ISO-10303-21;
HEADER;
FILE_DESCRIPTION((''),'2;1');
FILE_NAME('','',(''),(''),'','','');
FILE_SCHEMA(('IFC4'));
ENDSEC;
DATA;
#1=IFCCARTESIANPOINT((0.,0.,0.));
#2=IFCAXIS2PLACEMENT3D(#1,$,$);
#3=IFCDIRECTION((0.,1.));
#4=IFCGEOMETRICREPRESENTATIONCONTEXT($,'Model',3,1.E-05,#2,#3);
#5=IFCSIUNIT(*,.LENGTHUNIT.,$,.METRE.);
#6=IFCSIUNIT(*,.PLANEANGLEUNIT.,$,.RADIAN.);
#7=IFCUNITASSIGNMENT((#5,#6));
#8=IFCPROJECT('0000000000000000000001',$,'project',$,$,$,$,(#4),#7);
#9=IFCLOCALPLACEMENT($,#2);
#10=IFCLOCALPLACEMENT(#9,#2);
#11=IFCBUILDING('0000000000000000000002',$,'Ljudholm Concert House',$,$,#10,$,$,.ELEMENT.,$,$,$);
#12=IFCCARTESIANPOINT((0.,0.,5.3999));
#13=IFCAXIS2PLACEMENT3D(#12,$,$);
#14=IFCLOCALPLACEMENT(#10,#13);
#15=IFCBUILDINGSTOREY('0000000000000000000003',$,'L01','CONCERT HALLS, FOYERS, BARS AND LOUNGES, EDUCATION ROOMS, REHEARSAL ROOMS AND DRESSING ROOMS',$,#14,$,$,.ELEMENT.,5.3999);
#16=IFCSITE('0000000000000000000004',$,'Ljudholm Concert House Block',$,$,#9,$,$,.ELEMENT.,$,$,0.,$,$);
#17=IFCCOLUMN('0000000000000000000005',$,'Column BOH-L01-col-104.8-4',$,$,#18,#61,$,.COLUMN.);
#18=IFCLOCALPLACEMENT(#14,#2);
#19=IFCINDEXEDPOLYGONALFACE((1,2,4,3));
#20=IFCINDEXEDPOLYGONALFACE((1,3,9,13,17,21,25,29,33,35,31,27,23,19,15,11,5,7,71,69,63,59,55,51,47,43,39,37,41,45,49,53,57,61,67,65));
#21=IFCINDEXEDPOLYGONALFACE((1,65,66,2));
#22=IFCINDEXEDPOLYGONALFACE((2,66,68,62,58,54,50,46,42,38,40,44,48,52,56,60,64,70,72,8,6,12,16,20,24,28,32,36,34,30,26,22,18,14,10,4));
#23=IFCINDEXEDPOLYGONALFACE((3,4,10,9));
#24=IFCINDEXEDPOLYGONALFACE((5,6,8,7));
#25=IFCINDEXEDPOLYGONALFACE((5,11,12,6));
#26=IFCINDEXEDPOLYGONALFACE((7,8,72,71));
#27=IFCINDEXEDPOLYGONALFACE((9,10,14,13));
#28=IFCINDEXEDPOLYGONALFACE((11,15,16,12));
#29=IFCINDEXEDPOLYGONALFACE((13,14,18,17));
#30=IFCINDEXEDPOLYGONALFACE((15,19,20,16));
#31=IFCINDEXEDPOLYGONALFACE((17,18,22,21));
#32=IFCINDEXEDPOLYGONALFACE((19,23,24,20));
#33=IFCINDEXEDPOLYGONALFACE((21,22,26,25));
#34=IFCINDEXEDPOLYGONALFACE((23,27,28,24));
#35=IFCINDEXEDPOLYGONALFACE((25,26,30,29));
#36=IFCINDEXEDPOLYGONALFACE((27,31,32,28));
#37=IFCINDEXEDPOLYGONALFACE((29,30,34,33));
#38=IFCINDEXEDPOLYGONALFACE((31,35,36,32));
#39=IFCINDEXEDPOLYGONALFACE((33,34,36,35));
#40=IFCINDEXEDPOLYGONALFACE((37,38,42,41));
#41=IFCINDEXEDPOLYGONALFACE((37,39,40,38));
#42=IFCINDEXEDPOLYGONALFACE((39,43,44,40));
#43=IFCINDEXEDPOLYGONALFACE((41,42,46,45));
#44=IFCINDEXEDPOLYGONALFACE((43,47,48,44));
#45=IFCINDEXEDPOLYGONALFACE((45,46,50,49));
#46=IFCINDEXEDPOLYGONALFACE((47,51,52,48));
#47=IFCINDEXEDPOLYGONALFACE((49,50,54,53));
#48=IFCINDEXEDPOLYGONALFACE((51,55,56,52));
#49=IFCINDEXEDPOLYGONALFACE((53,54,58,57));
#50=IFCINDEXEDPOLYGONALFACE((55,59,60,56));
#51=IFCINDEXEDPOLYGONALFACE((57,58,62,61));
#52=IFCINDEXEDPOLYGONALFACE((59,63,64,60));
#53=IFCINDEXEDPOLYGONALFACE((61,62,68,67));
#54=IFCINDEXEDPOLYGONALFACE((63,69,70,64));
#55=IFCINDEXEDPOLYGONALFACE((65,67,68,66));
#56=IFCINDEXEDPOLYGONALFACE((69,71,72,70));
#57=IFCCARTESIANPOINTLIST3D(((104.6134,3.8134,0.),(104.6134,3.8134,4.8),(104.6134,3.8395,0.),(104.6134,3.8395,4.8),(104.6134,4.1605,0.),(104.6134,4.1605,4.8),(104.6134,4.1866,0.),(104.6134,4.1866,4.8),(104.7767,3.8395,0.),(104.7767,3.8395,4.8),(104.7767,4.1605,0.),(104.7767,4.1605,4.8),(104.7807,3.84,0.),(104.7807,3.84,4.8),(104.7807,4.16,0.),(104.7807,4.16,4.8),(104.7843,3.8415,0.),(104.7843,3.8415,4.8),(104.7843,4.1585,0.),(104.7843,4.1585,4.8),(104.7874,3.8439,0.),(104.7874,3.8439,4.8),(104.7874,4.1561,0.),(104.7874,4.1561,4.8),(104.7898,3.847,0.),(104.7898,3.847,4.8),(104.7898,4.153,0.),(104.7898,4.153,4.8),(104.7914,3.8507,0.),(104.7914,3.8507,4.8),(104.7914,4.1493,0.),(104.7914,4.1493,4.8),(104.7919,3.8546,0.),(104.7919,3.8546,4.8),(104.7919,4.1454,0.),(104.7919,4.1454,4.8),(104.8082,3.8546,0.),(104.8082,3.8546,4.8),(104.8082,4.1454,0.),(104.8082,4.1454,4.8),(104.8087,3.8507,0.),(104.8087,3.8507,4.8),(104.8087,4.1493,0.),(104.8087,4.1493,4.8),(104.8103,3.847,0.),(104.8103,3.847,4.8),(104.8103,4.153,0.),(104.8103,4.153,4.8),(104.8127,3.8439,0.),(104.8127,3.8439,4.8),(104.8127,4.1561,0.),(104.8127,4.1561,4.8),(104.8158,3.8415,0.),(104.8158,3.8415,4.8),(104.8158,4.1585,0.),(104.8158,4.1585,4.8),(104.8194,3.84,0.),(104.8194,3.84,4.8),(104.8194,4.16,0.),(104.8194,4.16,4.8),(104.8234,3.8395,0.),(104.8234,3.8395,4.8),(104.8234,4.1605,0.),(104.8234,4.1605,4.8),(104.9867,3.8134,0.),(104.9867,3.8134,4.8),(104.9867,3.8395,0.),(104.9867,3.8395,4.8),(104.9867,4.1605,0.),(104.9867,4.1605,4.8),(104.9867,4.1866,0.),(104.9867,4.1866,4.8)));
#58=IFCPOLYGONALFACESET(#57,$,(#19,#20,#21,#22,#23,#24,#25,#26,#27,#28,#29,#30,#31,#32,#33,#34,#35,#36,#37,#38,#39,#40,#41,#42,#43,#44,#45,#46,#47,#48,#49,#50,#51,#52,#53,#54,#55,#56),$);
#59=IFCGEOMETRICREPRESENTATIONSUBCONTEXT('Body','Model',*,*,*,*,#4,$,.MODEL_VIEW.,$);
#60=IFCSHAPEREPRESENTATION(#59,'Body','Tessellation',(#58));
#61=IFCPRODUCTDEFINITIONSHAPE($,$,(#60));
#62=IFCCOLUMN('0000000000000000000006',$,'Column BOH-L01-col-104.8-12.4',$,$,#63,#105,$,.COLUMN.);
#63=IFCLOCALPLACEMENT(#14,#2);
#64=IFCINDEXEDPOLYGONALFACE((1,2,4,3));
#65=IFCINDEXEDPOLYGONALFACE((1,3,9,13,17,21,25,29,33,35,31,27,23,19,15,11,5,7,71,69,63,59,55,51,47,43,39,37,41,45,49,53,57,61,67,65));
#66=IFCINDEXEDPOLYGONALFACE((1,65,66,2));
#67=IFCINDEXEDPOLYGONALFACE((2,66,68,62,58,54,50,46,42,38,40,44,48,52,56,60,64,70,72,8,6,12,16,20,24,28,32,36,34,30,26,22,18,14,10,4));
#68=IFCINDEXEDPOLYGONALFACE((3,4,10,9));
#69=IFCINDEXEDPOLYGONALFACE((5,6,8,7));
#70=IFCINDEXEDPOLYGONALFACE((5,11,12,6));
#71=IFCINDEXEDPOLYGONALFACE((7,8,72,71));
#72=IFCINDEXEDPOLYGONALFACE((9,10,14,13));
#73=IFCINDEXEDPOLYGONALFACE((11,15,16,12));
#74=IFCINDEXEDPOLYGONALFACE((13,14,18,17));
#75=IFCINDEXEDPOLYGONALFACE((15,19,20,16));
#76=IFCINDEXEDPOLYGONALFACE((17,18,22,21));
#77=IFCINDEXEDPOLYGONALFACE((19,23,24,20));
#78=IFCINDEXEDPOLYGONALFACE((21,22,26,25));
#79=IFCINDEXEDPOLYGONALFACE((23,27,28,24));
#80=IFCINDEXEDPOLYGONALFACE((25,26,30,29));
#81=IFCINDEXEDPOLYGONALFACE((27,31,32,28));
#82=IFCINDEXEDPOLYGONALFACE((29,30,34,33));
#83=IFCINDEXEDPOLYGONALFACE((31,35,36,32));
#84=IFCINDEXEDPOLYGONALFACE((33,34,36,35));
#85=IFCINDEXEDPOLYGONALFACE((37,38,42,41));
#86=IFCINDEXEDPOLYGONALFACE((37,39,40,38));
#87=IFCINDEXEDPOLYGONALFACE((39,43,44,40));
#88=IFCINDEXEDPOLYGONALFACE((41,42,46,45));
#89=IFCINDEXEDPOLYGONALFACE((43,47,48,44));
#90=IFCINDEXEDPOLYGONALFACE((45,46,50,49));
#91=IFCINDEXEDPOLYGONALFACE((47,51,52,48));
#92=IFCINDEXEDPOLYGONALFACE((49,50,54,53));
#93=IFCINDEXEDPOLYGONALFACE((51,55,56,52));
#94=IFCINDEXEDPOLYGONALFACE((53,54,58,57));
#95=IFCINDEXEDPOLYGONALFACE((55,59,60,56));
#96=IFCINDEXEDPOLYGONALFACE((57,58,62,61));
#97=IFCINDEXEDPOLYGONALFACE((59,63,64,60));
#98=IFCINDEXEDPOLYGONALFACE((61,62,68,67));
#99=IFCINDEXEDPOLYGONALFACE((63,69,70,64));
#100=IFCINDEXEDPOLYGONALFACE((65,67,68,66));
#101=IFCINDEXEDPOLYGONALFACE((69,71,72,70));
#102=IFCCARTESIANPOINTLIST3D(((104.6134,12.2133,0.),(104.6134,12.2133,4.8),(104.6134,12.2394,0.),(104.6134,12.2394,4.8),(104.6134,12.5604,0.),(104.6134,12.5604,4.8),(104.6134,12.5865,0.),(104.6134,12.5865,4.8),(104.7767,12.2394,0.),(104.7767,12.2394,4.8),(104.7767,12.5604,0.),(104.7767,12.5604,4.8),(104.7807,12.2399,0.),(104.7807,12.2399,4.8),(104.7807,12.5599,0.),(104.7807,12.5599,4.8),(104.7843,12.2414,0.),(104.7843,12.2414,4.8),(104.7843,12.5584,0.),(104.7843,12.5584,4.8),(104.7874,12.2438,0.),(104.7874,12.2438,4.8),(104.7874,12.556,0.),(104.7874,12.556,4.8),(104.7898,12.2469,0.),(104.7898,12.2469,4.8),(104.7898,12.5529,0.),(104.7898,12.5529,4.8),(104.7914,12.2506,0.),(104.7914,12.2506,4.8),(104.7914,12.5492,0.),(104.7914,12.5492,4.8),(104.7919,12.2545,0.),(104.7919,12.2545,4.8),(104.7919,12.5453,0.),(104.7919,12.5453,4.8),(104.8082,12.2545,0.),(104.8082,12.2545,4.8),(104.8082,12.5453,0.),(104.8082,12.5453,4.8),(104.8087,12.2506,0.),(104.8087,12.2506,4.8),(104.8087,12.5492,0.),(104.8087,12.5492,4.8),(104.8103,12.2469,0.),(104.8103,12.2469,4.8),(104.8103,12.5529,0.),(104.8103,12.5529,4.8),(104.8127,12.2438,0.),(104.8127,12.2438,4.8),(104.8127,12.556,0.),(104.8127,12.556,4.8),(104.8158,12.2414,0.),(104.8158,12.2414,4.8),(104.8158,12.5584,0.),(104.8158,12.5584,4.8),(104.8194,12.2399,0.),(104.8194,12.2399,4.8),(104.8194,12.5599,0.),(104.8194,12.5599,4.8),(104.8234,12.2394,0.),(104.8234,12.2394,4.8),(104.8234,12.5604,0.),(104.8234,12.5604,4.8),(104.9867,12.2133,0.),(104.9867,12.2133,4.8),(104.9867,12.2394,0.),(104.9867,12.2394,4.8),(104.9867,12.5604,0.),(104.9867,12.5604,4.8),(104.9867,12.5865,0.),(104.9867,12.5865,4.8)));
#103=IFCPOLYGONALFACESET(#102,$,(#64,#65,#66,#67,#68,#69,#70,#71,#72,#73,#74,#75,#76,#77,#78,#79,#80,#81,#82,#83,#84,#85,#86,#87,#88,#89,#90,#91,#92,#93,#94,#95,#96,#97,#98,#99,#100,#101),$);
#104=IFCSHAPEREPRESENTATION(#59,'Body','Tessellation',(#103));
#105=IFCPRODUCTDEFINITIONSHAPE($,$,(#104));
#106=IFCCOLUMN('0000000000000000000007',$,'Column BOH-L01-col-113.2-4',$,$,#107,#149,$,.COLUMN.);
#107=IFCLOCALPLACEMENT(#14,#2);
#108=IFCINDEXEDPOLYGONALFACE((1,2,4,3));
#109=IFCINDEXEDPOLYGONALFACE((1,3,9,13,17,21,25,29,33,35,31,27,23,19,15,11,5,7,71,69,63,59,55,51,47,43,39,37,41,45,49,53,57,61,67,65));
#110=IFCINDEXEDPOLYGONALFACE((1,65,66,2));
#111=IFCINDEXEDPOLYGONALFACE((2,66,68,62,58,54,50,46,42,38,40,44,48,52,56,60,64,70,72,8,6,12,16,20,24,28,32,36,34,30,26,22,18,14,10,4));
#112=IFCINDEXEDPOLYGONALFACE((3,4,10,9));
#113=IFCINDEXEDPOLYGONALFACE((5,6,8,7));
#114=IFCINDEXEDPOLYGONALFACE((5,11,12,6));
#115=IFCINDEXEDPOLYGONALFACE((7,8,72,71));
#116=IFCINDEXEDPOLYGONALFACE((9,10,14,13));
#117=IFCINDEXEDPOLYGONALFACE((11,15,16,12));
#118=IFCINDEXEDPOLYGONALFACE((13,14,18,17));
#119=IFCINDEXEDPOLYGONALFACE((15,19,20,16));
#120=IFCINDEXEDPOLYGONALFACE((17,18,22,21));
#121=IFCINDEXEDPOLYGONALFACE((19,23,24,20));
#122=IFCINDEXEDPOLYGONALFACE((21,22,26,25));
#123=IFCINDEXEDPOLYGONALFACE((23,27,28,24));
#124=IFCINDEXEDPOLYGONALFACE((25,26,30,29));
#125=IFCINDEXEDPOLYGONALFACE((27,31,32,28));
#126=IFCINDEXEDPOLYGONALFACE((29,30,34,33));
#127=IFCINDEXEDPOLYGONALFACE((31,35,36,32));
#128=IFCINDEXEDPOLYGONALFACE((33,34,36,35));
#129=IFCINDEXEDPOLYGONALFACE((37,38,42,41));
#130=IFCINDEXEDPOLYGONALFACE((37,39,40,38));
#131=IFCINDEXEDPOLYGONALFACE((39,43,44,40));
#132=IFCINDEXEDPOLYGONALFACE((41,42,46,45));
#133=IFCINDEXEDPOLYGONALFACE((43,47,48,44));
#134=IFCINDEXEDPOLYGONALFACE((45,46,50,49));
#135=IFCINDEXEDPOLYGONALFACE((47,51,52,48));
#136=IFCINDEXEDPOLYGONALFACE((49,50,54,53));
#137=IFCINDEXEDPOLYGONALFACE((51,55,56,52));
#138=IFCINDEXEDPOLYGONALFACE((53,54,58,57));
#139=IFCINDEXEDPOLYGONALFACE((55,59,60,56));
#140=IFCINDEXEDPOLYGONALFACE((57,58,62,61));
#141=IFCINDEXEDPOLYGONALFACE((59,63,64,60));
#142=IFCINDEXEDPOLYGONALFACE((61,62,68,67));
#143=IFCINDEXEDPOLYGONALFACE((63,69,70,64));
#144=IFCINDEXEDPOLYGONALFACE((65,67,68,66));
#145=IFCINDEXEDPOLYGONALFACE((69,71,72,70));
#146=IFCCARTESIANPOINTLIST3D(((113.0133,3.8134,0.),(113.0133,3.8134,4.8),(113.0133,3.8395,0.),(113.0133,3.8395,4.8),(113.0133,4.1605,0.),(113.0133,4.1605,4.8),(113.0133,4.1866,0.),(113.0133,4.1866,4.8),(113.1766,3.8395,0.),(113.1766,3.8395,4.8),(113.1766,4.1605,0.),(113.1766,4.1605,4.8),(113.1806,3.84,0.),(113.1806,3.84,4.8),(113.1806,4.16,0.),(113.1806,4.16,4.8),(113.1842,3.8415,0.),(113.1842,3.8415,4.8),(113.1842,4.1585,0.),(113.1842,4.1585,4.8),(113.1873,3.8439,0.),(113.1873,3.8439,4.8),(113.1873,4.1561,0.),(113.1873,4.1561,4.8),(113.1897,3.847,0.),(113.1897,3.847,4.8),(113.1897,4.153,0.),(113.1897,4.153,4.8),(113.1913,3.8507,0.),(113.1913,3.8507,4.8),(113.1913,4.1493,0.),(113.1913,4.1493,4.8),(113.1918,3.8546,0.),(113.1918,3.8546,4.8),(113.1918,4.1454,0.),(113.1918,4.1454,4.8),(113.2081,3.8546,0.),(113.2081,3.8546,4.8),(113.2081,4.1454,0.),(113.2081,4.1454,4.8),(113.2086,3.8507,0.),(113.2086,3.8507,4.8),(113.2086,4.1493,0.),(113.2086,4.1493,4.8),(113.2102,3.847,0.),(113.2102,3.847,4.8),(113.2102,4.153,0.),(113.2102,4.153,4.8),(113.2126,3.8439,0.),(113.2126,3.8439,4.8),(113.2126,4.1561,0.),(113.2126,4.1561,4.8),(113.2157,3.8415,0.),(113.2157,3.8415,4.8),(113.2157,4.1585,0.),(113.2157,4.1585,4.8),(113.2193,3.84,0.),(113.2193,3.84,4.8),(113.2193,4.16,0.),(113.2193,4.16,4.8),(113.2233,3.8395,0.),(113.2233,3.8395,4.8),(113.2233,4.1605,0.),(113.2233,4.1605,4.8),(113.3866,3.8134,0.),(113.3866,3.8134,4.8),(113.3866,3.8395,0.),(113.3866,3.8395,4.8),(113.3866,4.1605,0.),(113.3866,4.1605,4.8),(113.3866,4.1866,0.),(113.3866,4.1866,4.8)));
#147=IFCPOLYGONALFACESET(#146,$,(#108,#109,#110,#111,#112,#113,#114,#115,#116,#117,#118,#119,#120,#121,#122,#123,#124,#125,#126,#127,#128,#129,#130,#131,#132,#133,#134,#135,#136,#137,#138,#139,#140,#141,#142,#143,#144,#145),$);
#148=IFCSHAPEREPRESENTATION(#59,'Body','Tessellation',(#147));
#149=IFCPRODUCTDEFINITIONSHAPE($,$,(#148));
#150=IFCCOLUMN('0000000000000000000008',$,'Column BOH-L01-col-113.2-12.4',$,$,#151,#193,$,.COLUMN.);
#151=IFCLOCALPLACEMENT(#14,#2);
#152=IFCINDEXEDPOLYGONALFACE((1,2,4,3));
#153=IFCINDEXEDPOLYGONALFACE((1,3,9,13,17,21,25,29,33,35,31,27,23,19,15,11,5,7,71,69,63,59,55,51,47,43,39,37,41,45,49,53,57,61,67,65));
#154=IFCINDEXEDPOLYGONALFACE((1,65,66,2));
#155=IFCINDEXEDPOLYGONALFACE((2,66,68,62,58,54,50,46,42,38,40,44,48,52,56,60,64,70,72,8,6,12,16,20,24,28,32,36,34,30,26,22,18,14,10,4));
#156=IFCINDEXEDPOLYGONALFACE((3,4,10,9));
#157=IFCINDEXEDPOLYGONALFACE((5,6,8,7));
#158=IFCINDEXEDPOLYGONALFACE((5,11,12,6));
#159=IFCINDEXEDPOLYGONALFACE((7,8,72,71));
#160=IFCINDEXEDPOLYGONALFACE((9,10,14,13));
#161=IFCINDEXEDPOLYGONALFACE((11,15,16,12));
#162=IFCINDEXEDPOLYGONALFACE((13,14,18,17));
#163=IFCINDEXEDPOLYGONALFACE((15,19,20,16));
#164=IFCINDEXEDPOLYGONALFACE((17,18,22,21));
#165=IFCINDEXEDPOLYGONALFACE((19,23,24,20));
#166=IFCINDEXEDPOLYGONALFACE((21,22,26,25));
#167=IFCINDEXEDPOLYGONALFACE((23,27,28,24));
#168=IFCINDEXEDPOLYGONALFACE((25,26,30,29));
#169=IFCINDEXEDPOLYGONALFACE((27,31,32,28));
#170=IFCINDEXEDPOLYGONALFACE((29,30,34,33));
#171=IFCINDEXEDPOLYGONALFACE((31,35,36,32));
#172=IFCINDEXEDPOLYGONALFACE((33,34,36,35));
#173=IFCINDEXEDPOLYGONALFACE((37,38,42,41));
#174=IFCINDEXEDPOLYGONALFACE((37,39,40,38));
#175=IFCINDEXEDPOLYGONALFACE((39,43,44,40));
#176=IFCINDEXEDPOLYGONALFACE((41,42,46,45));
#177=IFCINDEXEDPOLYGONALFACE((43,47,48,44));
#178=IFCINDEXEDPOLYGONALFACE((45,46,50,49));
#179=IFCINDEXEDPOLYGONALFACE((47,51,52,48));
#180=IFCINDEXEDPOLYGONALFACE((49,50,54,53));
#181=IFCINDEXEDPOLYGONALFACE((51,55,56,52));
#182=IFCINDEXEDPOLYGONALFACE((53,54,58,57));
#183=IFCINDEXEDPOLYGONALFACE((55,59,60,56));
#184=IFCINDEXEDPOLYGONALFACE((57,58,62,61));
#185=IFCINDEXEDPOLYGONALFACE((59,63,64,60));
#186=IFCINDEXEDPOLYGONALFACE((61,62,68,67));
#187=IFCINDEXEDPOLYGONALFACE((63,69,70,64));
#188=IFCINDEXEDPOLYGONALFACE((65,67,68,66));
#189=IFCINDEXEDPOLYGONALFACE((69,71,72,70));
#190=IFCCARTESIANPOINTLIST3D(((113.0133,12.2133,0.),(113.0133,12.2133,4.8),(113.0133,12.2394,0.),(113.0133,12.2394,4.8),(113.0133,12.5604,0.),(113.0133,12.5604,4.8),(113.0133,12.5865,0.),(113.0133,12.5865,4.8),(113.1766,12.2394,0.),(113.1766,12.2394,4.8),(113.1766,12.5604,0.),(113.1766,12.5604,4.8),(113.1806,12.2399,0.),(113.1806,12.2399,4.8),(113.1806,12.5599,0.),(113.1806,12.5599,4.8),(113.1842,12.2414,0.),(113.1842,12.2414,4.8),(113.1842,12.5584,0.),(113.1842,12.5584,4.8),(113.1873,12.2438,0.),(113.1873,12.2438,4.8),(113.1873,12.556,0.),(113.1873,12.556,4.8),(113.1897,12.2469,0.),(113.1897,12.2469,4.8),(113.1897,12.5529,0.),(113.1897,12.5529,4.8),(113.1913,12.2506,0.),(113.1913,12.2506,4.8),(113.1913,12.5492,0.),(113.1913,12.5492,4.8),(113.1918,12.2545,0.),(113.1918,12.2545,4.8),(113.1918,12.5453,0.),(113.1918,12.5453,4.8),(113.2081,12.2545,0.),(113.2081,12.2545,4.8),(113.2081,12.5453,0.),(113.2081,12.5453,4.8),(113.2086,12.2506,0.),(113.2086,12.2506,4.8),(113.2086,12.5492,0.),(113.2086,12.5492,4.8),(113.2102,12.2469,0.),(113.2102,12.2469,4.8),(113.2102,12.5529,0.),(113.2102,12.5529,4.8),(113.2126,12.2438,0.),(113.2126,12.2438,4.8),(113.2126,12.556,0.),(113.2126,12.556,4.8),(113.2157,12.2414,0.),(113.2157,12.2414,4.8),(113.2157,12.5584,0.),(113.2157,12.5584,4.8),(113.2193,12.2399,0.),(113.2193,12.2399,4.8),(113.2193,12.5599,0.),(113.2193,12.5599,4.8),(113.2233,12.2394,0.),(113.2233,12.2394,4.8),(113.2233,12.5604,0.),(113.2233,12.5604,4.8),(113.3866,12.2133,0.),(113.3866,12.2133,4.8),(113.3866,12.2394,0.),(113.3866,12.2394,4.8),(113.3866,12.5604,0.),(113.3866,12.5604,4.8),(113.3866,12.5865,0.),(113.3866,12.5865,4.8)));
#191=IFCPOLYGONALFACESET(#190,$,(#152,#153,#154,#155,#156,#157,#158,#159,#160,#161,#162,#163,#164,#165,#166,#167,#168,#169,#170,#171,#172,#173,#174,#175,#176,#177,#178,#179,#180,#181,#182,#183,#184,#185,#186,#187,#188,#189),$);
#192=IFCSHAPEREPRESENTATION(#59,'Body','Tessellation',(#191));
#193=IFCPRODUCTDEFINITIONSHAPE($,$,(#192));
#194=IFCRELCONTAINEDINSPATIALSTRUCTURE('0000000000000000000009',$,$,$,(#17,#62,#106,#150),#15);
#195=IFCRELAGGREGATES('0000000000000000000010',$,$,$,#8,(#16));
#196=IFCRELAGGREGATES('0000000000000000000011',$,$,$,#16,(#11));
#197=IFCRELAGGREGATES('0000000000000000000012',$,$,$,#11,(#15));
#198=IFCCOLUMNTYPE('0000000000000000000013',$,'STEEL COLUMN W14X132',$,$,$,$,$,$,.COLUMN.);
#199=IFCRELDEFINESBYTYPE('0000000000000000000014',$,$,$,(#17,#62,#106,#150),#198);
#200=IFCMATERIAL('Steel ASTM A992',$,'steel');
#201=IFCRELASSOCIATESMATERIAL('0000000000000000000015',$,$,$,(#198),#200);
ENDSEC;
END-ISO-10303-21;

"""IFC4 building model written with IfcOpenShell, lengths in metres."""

from ifc_helpers import new_model, si_unit, direction, frame, origin, origin_2d, place, context, subcontext, project, spatial, i_section, extrude, material, material_profile, profile_set, type_object, element, save


model = new_model("IFC4")

# Units and contexts
model_context = context("Model", 3, precision=1e-05, world=origin(), true_north=direction((0.0, 1.0)))
body_context = subcontext(model_context, "Body", "Model", "MODEL_VIEW")
ifc_project = project(units=[si_unit("LENGTHUNIT", "METRE"), si_unit("PLANEANGLEUNIT", "RADIAN")], contexts=[model_context])

# Site, building, storey
site_placement = place(None, origin())
site = spatial("IfcSite", under=ifc_project, at=site_placement, Name="Ljudholm Concert House Block", CompositionType="ELEMENT", RefElevation=0.0)
building_placement = place(site_placement, origin())
building = spatial("IfcBuilding", under=site, at=building_placement, Name="Ljudholm Concert House", CompositionType="ELEMENT")
storey_placement = place(building_placement, frame((0.0, 0.0, 5.3999)))
storey = spatial("IfcBuildingStorey", under=building, at=storey_placement, Name="L01", Description="CONCERT HALLS, FOYERS, BARS AND LOUNGES, EDUCATION ROOMS, REHEARSAL ROOMS AND DRESSING ROOMS", CompositionType="ELEMENT", Elevation=5.3999)

# Columns
ifc_material_1 = material(Name="Steel ASTM A992", Category="steel")
ifc_material_profile_1 = material_profile(ifc_material_1, i_section(OverallWidth=0.3733, OverallDepth=0.3733, WebThickness=0.0164, FlangeThickness=0.0261, FilletRadius=0.0151, at=origin_2d()), Name="W14X132")
ifc_profile_set_1 = profile_set([ifc_material_profile_1], Name="Steel ASTM A992")
column_type = type_object("IfcColumnType", Name="STEEL COLUMN W14X132", PredefinedType="COLUMN", material=ifc_profile_set_1)
for number, where, z_axis, x_axis, name in (
    (1, (104.8, 4.0, 0.0), (0.0, 0.0, 1.0), (1.0, 0.0, 0.0), "Column BOH-L01-col-104.8-4"),
    (2, (104.8, 12.3999, 0.0), (0.0, 0.0, 1.0), (1.0, 0.0, 0.0), "Column BOH-L01-col-104.8-12.4"),
    (3, (113.2, 4.0, 0.0), (0.0, 0.0, 1.0), (1.0, 0.0, 0.0), "Column BOH-L01-col-113.2-4"),
    (4, (113.2, 12.3999, 0.0), (0.0, 0.0, 1.0), (1.0, 0.0, 0.0), "Column BOH-L01-col-113.2-12.4"),
):
    element("IfcColumn", number, at=place(storey_placement, frame(where, z_axis=z_axis, x_axis=x_axis)), inside=storey, type_object=column_type, Name=name, PredefinedType="COLUMN", context=body_context, shape_type="SweptSolid", body=[
        extrude(i_section(OverallWidth=0.3733, OverallDepth=0.3733, WebThickness=0.0164, FlangeThickness=0.0261, FilletRadius=0.0151, at=origin_2d()), origin(), (0.0, 0.0, 1.0), 4.8),
    ])

save(model, "model.ifc")
